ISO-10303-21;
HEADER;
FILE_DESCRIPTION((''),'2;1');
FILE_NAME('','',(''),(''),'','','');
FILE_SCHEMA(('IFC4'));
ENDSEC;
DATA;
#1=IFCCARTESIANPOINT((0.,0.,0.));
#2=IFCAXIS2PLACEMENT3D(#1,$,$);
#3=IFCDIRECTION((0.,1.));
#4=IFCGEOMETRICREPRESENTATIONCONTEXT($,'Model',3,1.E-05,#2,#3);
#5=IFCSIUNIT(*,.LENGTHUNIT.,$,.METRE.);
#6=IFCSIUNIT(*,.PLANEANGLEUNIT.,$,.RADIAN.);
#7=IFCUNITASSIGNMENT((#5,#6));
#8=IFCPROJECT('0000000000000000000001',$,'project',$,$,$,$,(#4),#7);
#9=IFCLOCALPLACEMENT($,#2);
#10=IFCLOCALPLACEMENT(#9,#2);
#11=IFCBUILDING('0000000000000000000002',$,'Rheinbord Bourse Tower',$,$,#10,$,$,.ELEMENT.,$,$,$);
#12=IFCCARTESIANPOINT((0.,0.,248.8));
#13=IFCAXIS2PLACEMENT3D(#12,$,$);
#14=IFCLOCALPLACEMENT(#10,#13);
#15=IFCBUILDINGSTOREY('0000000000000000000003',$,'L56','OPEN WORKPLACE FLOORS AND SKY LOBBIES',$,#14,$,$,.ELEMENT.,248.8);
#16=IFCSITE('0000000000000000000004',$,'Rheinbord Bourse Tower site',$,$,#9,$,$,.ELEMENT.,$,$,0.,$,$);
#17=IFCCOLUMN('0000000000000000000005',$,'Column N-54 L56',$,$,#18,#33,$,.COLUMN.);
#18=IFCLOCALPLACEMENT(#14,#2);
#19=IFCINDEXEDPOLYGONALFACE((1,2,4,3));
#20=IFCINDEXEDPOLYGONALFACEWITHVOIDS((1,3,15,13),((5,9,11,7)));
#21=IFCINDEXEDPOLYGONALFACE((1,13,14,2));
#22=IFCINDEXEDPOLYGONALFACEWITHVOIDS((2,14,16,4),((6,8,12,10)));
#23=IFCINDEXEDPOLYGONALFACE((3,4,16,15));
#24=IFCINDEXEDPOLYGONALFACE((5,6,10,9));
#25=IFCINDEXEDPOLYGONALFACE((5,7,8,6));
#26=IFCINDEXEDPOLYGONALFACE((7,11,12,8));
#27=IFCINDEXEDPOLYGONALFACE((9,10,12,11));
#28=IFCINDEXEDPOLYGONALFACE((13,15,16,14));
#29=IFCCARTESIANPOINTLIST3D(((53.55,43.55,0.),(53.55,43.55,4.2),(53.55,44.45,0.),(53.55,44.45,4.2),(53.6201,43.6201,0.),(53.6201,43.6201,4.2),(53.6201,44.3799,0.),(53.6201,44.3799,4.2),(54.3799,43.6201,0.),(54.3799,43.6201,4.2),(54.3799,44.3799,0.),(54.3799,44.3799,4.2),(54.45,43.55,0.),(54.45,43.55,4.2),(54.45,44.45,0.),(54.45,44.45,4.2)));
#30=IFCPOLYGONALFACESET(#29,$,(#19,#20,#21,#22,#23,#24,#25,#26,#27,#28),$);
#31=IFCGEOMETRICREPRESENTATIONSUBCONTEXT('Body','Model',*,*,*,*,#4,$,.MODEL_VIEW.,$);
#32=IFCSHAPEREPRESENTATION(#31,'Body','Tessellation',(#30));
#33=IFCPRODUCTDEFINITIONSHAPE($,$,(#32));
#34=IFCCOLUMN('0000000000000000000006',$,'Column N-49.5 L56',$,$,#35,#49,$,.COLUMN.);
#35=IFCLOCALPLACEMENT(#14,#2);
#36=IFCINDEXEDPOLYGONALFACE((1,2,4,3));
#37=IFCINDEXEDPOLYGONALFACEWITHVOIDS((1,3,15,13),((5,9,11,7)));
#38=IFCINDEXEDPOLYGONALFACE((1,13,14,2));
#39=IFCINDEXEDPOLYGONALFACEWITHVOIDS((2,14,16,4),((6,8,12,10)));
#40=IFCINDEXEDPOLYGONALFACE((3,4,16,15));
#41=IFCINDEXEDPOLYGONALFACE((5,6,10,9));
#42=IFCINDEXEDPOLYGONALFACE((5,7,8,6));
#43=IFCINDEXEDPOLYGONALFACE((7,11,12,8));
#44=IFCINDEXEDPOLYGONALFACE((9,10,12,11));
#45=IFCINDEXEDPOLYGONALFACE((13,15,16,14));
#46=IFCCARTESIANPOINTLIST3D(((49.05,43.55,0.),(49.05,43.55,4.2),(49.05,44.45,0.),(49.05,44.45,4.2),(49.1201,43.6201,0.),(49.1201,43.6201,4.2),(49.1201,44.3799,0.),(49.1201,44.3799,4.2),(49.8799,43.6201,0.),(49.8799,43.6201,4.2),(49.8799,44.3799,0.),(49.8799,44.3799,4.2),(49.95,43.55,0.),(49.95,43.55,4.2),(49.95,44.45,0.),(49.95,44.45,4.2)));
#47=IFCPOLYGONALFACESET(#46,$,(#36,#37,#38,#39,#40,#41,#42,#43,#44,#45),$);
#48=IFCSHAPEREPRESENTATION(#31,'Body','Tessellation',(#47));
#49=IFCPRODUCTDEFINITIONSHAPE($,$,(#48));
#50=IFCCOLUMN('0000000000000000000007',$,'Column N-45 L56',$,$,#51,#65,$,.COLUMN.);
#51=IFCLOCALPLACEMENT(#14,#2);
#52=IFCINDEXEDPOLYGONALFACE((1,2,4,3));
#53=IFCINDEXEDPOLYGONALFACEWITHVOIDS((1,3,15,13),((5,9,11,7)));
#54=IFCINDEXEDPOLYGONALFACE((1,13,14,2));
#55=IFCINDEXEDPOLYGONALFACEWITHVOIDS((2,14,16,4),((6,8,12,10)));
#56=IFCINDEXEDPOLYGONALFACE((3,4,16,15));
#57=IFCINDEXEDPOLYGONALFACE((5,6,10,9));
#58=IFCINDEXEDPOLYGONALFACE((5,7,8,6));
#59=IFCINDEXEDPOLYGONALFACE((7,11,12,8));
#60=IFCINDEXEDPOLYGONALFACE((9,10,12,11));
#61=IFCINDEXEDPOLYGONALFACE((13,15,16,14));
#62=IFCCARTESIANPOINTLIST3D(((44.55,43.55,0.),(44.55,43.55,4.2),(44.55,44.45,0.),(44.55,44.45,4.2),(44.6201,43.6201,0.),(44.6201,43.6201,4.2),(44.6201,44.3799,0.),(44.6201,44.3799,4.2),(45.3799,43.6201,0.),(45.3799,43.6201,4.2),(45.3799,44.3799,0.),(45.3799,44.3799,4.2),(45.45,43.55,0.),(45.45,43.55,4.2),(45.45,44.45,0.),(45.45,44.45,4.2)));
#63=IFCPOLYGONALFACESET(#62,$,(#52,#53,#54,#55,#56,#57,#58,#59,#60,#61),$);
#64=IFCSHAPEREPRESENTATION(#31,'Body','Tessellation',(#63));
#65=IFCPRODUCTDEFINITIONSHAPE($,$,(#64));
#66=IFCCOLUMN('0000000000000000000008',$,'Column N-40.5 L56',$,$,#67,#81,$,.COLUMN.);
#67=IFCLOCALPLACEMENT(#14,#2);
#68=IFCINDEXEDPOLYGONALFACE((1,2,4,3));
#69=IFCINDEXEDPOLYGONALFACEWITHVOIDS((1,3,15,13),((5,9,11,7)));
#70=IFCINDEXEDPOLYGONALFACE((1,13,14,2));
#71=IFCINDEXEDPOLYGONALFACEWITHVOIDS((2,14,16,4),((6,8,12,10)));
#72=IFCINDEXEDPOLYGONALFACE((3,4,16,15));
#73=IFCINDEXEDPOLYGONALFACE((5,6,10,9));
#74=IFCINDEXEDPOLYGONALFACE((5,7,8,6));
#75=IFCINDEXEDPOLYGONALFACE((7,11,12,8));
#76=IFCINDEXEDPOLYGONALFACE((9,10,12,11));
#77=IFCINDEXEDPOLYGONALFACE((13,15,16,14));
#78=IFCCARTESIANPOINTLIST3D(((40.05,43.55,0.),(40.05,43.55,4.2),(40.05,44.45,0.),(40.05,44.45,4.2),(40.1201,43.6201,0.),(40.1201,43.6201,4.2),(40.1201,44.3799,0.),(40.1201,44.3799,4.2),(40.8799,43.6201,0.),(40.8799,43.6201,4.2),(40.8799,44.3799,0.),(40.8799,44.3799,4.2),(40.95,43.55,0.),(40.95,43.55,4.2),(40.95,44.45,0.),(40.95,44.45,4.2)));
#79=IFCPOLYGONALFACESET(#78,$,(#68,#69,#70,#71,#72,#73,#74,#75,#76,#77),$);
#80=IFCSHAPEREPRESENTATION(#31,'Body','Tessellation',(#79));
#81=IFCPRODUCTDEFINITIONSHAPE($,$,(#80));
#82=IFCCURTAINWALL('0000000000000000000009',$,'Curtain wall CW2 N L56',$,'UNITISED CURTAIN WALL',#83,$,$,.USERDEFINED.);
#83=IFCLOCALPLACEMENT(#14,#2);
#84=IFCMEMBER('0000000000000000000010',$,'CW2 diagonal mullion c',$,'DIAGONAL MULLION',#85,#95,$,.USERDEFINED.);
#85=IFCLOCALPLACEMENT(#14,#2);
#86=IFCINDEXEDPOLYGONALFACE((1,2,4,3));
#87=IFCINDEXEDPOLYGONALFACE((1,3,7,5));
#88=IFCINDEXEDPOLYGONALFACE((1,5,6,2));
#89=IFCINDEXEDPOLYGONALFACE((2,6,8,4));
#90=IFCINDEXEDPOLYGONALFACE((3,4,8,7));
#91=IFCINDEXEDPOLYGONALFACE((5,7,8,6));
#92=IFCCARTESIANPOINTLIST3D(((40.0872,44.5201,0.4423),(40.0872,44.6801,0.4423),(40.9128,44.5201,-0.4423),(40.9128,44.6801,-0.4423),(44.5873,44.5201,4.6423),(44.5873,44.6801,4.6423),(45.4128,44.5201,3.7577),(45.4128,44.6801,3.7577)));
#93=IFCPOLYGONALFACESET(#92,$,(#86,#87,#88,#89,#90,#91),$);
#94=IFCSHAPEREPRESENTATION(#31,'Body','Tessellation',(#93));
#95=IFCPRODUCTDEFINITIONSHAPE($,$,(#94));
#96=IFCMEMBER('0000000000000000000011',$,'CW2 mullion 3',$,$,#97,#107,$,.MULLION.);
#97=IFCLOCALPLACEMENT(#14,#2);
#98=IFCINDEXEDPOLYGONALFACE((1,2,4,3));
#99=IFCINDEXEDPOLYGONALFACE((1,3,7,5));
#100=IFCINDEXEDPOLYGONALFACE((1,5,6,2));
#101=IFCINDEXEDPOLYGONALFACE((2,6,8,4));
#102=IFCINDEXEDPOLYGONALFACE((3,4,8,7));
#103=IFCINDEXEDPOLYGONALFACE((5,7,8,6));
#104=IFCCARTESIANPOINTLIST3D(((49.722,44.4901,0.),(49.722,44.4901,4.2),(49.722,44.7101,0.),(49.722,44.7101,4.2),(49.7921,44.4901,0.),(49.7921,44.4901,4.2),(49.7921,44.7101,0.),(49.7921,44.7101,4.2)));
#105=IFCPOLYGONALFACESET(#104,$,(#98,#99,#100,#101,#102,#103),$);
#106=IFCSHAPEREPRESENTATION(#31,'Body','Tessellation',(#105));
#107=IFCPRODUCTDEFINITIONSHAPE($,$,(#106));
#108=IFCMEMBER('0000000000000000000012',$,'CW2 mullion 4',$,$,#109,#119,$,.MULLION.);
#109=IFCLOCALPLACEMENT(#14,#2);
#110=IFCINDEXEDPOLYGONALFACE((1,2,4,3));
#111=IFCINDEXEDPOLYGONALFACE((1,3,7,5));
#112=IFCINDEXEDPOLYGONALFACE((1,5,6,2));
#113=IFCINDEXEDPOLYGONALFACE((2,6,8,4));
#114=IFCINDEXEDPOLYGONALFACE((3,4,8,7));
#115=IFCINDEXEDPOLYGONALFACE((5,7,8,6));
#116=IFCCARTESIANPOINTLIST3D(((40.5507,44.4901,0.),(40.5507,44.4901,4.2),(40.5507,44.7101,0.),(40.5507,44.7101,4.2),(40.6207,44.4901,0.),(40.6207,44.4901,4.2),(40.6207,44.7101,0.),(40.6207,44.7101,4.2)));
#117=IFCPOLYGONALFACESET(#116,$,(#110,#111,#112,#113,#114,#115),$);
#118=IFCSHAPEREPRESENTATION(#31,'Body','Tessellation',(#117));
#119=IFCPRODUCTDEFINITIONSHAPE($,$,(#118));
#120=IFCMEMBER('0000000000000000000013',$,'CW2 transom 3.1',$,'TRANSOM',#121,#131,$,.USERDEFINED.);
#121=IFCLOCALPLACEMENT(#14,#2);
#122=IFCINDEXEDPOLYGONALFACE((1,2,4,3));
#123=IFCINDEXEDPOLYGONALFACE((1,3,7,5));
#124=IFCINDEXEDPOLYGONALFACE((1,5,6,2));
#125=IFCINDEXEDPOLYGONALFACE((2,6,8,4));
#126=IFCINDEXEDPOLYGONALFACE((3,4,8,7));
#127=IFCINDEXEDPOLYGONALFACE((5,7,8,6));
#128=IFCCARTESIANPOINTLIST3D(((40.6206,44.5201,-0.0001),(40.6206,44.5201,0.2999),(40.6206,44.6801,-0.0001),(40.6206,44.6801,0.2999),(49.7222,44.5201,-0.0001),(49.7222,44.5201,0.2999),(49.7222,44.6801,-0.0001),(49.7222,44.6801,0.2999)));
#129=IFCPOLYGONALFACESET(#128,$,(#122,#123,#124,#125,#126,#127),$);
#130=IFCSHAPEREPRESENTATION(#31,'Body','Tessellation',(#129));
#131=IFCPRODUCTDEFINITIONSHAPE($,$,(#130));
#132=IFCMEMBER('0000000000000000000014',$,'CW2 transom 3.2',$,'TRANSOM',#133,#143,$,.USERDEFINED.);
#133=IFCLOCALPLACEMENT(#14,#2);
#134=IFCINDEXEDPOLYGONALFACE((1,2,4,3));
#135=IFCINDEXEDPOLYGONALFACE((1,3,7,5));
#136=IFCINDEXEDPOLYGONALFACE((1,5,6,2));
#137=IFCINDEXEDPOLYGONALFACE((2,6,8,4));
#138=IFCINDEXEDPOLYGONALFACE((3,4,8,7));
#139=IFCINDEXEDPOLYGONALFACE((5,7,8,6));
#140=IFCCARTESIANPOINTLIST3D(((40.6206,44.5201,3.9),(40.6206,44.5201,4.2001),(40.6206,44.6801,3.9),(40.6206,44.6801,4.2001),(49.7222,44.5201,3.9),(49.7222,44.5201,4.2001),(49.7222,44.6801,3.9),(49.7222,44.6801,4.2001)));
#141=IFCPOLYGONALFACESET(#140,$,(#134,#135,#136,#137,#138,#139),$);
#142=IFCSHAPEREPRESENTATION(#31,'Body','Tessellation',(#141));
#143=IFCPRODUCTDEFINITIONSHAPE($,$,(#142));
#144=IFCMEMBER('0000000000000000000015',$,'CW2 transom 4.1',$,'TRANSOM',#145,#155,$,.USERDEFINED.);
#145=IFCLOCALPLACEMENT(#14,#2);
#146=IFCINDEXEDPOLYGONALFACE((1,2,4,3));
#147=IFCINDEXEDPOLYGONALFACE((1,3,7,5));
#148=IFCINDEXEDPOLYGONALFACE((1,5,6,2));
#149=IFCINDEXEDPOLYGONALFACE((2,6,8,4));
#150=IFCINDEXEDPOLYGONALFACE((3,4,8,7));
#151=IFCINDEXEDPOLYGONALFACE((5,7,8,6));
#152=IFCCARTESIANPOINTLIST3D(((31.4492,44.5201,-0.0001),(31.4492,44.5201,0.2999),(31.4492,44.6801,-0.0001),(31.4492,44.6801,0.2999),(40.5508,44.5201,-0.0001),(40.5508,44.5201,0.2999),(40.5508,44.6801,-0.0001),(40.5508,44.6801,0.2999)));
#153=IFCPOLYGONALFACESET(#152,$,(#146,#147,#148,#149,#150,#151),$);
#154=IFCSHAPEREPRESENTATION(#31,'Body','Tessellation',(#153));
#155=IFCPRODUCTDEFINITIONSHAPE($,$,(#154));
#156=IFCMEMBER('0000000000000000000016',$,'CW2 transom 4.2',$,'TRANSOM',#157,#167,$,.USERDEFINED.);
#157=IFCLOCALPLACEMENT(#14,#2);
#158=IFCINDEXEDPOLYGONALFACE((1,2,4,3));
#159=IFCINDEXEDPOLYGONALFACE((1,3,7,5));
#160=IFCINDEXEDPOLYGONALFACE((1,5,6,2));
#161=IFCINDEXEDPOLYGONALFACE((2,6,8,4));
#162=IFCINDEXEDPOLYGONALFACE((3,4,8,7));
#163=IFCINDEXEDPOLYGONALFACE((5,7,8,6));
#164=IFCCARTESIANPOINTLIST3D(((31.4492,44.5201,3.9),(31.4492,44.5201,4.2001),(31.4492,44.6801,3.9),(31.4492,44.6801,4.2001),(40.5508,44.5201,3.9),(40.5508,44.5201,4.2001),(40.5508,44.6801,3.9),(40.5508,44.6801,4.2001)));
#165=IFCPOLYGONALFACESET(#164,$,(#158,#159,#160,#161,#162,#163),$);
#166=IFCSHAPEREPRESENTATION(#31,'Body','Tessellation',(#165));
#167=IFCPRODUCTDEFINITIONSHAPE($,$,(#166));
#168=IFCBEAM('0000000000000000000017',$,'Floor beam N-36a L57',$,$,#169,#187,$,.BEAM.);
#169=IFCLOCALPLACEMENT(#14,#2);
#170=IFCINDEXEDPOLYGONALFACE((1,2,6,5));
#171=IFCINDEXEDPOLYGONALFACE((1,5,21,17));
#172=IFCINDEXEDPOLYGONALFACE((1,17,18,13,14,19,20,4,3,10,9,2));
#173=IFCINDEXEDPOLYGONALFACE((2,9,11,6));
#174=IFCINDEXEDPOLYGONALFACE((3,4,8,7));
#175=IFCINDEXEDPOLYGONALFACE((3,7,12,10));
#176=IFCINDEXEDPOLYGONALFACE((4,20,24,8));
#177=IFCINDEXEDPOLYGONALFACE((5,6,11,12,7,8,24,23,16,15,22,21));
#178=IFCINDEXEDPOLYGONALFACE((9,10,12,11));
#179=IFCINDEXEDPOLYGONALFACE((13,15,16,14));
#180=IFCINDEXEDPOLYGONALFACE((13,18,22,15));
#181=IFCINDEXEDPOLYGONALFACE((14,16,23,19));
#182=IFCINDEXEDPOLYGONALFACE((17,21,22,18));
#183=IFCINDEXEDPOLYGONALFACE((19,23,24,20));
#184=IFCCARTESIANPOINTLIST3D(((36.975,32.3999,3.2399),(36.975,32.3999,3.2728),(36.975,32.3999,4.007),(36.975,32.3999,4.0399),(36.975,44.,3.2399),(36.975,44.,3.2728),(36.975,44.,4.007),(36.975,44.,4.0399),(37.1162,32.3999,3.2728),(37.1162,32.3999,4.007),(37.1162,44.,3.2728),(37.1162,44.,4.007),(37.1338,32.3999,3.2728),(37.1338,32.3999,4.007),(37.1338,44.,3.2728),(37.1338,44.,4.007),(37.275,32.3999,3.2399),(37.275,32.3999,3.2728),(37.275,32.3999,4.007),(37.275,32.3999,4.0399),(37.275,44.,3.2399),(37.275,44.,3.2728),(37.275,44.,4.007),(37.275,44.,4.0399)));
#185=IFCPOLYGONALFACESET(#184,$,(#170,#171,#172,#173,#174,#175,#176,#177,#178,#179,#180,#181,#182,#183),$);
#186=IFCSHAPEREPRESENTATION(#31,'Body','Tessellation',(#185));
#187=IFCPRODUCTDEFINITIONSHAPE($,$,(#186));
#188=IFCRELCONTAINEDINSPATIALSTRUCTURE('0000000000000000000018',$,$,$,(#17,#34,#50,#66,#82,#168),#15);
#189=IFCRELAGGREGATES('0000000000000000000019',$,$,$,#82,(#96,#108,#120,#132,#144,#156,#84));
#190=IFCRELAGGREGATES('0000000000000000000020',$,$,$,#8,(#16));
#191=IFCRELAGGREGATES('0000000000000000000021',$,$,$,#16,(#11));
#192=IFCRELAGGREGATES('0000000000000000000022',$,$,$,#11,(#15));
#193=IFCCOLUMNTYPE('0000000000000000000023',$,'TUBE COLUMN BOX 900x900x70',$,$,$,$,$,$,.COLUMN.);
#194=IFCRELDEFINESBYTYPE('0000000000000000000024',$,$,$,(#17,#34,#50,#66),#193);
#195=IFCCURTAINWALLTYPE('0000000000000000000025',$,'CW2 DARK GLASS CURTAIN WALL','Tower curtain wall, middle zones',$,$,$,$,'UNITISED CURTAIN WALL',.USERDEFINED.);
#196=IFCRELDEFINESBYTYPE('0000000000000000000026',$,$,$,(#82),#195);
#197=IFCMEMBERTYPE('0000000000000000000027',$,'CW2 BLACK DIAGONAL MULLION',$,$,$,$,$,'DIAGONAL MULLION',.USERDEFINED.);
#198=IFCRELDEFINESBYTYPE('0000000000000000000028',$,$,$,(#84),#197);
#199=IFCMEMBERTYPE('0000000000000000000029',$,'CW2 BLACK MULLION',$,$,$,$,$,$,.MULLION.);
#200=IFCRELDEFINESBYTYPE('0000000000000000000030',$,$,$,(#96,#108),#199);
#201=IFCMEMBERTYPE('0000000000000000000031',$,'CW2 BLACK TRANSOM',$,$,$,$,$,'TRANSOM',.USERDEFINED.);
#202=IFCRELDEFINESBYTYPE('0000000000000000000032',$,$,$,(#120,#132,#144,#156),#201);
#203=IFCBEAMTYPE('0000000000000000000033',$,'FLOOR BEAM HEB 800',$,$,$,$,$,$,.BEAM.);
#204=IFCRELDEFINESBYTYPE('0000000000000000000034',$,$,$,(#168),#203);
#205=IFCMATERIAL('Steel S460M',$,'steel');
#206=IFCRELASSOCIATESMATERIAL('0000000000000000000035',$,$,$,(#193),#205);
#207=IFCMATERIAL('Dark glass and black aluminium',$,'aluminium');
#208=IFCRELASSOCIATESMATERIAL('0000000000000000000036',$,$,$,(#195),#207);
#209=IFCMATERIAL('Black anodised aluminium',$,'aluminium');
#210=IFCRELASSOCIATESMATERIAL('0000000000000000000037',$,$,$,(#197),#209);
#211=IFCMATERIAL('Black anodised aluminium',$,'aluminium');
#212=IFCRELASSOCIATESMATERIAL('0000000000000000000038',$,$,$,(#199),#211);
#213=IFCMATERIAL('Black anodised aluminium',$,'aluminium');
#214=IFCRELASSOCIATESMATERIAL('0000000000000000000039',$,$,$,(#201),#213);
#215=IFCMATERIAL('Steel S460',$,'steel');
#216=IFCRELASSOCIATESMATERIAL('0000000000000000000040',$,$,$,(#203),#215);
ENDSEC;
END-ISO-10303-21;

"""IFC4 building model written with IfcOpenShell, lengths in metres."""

from ifc_helpers import new_model, si_unit, direction, frame, origin, origin_2d, place, context, subcontext, project, spatial, rectangle, hollow_rectangle, i_section, extrude, material, material_profile, profile_set, type_object, element, aggregate, save


model = new_model("IFC4")

# Units and contexts
model_context = context("Model", 3, precision=1e-05, world=origin(), true_north=direction((0.0, 1.0)))
body_context = subcontext(model_context, "Body", "Model", "MODEL_VIEW")
ifc_project = project(units=[si_unit("LENGTHUNIT", "METRE"), si_unit("PLANEANGLEUNIT", "RADIAN")], contexts=[model_context])

# Site, building, storey
site_placement = place(None, origin())
site = spatial("IfcSite", under=ifc_project, at=site_placement, Name="Rheinbord Bourse Tower site", CompositionType="ELEMENT", RefElevation=0.0)
building_placement = place(site_placement, origin())
building = spatial("IfcBuilding", under=site, at=building_placement, Name="Rheinbord Bourse Tower", CompositionType="ELEMENT")
storey_placement = place(building_placement, frame((0.0, 0.0, 248.8)))
storey = spatial("IfcBuildingStorey", under=building, at=storey_placement, Name="L56", Description="OPEN WORKPLACE FLOORS AND SKY LOBBIES", CompositionType="ELEMENT", Elevation=248.8)

# Columns
ifc_material_1 = material(Name="Steel S460M", Category="steel")
ifc_material_profile_1 = material_profile(ifc_material_1, hollow_rectangle(XDim=0.8999, YDim=0.8999, WallThickness=0.0701, at=origin_2d()), Name="BOX 900x900x70")
ifc_profile_set_1 = profile_set([ifc_material_profile_1], Name="Steel S460M")
column_type = type_object("IfcColumnType", Name="TUBE COLUMN BOX 900x900x70", PredefinedType="COLUMN", material=ifc_profile_set_1)
for number, where, z_axis, x_axis, name in (
    (1, (54.0, 44.0, 0.0), (0.0, 0.0, 1.0), (0.0, 1.0, 0.0), "Column N-54 L56"),
    (2, (49.5, 44.0, 0.0), (0.0, 0.0, 1.0), (0.0, 1.0, 0.0), "Column N-49.5 L56"),
    (3, (45.0, 44.0, 0.0), (0.0, 0.0, 1.0), (0.0, 1.0, 0.0), "Column N-45 L56"),
    (4, (40.5, 44.0, 0.0), (0.0, 0.0, 1.0), (0.0, 1.0, 0.0), "Column N-40.5 L56"),
):
    element("IfcColumn", number, at=place(storey_placement, frame(where, z_axis=z_axis, x_axis=x_axis)), inside=storey, type_object=column_type, Name=name, PredefinedType="COLUMN", context=body_context, shape_type="SweptSolid", body=[
        extrude(hollow_rectangle(XDim=0.8999, YDim=0.8999, WallThickness=0.0701, at=origin_2d()), origin(), (0.0, 0.0, 1.0), 4.2),
    ])

# Curtain wall, members
ifc_material_2 = material(Name="Dark glass and black aluminium", Category="aluminium")
curtain_wall_type = type_object("IfcCurtainWallType", Name="CW2 DARK GLASS CURTAIN WALL", Description="Tower curtain wall, middle zones", ElementType="UNITISED CURTAIN WALL", PredefinedType="USERDEFINED", material=ifc_material_2)
curtain_wall_placement = place(storey_placement, origin())
curtain_wall = element("IfcCurtainWall", 5, at=curtain_wall_placement, inside=storey, type_object=curtain_wall_type, Name="Curtain wall CW2 N L56", ObjectType="UNITISED CURTAIN WALL", PredefinedType="USERDEFINED")
ifc_material_3 = material(Name="Black anodised aluminium", Category="aluminium")
ifc_material_profile_2 = material_profile(ifc_material_3, rectangle(XDim=0.1599, YDim=1.21, at=origin_2d()), Name="CW2 DIAGONAL MULLION 1210x160")
ifc_profile_set_2 = profile_set([ifc_material_profile_2], Name="Black anodised aluminium")
member_type_1 = type_object("IfcMemberType", Name="CW2 BLACK DIAGONAL MULLION", ElementType="DIAGONAL MULLION", PredefinedType="USERDEFINED", material=ifc_profile_set_2)
member_1_placement = place(storey_placement, frame((40.5, 44.6001, 0.0), z_axis=(0.731059, 0.0, 0.682314), x_axis=(0.0, 1.0, 0.0)))
member_1 = element("IfcMember", 6, at=member_1_placement, type_object=member_type_1, Name="CW2 diagonal mullion c", ObjectType="DIAGONAL MULLION", PredefinedType="USERDEFINED", context=body_context, shape_type="SweptSolid", body=[
    extrude(rectangle(XDim=0.1599, YDim=1.21, at=origin_2d()), origin(), (0.0, 0.0, 1.0), 6.1555),
])
ifc_material_4 = material(Name="Black anodised aluminium", Category="aluminium")
ifc_material_profile_3 = material_profile(ifc_material_4, rectangle(XDim=0.22, YDim=0.0701, at=origin_2d()), Name="CW2 MULLION 70x220")
ifc_profile_set_3 = profile_set([ifc_material_profile_3], Name="Black anodised aluminium")
member_type_2 = type_object("IfcMemberType", Name="CW2 BLACK MULLION", PredefinedType="MULLION", material=ifc_profile_set_3)
member_2_placement = place(storey_placement, frame((49.7571, 44.6001, 0.0), z_axis=(0.0, 0.0, 1.0), x_axis=(0.0, -1.0, 0.0)))
member_2 = element("IfcMember", 7, at=member_2_placement, type_object=member_type_2, Name="CW2 mullion 3", PredefinedType="MULLION", context=body_context, shape_type="SweptSolid", body=[
    extrude(rectangle(XDim=0.22, YDim=0.0701, at=origin_2d()), origin(), (0.0, 0.0, 1.0), 4.2),
])
member_3_placement = place(storey_placement, frame((40.5857, 44.6001, 0.0), z_axis=(0.0, 0.0, 1.0), x_axis=(0.0, -1.0, 0.0)))
member_3 = element("IfcMember", 8, at=member_3_placement, type_object=member_type_2, Name="CW2 mullion 4", PredefinedType="MULLION", context=body_context, shape_type="SweptSolid", body=[
    extrude(rectangle(XDim=0.22, YDim=0.0701, at=origin_2d()), origin(), (0.0, 0.0, 1.0), 4.2),
])
ifc_material_5 = material(Name="Black anodised aluminium", Category="aluminium")
ifc_material_profile_4 = material_profile(ifc_material_5, rectangle(XDim=0.1599, YDim=0.3, at=origin_2d()), Name="CW2 TRANSOM 300x160")
ifc_profile_set_4 = profile_set([ifc_material_profile_4], Name="Black anodised aluminium")
member_type_3 = type_object("IfcMemberType", Name="CW2 BLACK TRANSOM", ElementType="TRANSOM", PredefinedType="USERDEFINED", material=ifc_profile_set_4)
member_4_placement = place(storey_placement, frame((49.7222, 44.6001, 0.1499), z_axis=(-1.0, 0.0, 0.0), x_axis=(0.0, -1.0, 0.0)))
member_4 = element("IfcMember", 9, at=member_4_placement, type_object=member_type_3, Name="CW2 transom 3.1", ObjectType="TRANSOM", PredefinedType="USERDEFINED", context=body_context, shape_type="SweptSolid", body=[
    extrude(rectangle(XDim=0.1599, YDim=0.3, at=origin_2d()), origin(), (0.0, 0.0, 1.0), 9.1016),
])
member_5_placement = place(storey_placement, frame((49.7222, 44.6001, 4.05), z_axis=(-1.0, 0.0, 0.0), x_axis=(0.0, -1.0, 0.0)))
member_5 = element("IfcMember", 10, at=member_5_placement, type_object=member_type_3, Name="CW2 transom 3.2", ObjectType="TRANSOM", PredefinedType="USERDEFINED", context=body_context, shape_type="SweptSolid", body=[
    extrude(rectangle(XDim=0.1599, YDim=0.3, at=origin_2d()), origin(), (0.0, 0.0, 1.0), 9.1016),
])
member_6_placement = place(storey_placement, frame((40.5508, 44.6001, 0.1499), z_axis=(-1.0, 0.0, 0.0), x_axis=(0.0, -1.0, 0.0)))
member_6 = element("IfcMember", 11, at=member_6_placement, type_object=member_type_3, Name="CW2 transom 4.1", ObjectType="TRANSOM", PredefinedType="USERDEFINED", context=body_context, shape_type="SweptSolid", body=[
    extrude(rectangle(XDim=0.1599, YDim=0.3, at=origin_2d()), origin(), (0.0, 0.0, 1.0), 9.1016),
])
member_7_placement = place(storey_placement, frame((40.5508, 44.6001, 4.05), z_axis=(-1.0, 0.0, 0.0), x_axis=(0.0, -1.0, 0.0)))
member_7 = element("IfcMember", 12, at=member_7_placement, type_object=member_type_3, Name="CW2 transom 4.2", ObjectType="TRANSOM", PredefinedType="USERDEFINED", context=body_context, shape_type="SweptSolid", body=[
    extrude(rectangle(XDim=0.1599, YDim=0.3, at=origin_2d()), origin(), (0.0, 0.0, 1.0), 9.1016),
])

# Beam
ifc_material_6 = material(Name="Steel S460", Category="steel")
ifc_material_profile_5 = material_profile(ifc_material_6, i_section(OverallWidth=0.3, OverallDepth=0.8, WebThickness=0.0176, FlangeThickness=0.033, at=origin_2d()), Name="HEB 800")
ifc_profile_set_5 = profile_set([ifc_material_profile_5], Name="Steel S460")
beam_type_1 = type_object("IfcBeamType", Name="FLOOR BEAM HEB 800", PredefinedType="BEAM", material=ifc_profile_set_5)
for number, where, z_axis, x_axis, name in (
    (13, (37.125, 44.0, 3.6399), (0.0, -1.0, 0.0), (1.0, 0.0, 0.0), "Floor beam N-36a L57"),
):
    element("IfcBeam", number, at=place(storey_placement, frame(where, z_axis=z_axis, x_axis=x_axis)), inside=storey, type_object=beam_type_1, Name=name, PredefinedType="BEAM", context=body_context, shape_type="SweptSolid", body=[
        extrude(i_section(OverallWidth=0.3, OverallDepth=0.8, WebThickness=0.0176, FlangeThickness=0.033, at=origin_2d()), origin(), (0.0, 0.0, 1.0), 11.6001),
    ])

aggregate(curtain_wall, [member_2, member_3, member_4, member_5, member_6, member_7, member_1])

save(model, "model.ifc")
